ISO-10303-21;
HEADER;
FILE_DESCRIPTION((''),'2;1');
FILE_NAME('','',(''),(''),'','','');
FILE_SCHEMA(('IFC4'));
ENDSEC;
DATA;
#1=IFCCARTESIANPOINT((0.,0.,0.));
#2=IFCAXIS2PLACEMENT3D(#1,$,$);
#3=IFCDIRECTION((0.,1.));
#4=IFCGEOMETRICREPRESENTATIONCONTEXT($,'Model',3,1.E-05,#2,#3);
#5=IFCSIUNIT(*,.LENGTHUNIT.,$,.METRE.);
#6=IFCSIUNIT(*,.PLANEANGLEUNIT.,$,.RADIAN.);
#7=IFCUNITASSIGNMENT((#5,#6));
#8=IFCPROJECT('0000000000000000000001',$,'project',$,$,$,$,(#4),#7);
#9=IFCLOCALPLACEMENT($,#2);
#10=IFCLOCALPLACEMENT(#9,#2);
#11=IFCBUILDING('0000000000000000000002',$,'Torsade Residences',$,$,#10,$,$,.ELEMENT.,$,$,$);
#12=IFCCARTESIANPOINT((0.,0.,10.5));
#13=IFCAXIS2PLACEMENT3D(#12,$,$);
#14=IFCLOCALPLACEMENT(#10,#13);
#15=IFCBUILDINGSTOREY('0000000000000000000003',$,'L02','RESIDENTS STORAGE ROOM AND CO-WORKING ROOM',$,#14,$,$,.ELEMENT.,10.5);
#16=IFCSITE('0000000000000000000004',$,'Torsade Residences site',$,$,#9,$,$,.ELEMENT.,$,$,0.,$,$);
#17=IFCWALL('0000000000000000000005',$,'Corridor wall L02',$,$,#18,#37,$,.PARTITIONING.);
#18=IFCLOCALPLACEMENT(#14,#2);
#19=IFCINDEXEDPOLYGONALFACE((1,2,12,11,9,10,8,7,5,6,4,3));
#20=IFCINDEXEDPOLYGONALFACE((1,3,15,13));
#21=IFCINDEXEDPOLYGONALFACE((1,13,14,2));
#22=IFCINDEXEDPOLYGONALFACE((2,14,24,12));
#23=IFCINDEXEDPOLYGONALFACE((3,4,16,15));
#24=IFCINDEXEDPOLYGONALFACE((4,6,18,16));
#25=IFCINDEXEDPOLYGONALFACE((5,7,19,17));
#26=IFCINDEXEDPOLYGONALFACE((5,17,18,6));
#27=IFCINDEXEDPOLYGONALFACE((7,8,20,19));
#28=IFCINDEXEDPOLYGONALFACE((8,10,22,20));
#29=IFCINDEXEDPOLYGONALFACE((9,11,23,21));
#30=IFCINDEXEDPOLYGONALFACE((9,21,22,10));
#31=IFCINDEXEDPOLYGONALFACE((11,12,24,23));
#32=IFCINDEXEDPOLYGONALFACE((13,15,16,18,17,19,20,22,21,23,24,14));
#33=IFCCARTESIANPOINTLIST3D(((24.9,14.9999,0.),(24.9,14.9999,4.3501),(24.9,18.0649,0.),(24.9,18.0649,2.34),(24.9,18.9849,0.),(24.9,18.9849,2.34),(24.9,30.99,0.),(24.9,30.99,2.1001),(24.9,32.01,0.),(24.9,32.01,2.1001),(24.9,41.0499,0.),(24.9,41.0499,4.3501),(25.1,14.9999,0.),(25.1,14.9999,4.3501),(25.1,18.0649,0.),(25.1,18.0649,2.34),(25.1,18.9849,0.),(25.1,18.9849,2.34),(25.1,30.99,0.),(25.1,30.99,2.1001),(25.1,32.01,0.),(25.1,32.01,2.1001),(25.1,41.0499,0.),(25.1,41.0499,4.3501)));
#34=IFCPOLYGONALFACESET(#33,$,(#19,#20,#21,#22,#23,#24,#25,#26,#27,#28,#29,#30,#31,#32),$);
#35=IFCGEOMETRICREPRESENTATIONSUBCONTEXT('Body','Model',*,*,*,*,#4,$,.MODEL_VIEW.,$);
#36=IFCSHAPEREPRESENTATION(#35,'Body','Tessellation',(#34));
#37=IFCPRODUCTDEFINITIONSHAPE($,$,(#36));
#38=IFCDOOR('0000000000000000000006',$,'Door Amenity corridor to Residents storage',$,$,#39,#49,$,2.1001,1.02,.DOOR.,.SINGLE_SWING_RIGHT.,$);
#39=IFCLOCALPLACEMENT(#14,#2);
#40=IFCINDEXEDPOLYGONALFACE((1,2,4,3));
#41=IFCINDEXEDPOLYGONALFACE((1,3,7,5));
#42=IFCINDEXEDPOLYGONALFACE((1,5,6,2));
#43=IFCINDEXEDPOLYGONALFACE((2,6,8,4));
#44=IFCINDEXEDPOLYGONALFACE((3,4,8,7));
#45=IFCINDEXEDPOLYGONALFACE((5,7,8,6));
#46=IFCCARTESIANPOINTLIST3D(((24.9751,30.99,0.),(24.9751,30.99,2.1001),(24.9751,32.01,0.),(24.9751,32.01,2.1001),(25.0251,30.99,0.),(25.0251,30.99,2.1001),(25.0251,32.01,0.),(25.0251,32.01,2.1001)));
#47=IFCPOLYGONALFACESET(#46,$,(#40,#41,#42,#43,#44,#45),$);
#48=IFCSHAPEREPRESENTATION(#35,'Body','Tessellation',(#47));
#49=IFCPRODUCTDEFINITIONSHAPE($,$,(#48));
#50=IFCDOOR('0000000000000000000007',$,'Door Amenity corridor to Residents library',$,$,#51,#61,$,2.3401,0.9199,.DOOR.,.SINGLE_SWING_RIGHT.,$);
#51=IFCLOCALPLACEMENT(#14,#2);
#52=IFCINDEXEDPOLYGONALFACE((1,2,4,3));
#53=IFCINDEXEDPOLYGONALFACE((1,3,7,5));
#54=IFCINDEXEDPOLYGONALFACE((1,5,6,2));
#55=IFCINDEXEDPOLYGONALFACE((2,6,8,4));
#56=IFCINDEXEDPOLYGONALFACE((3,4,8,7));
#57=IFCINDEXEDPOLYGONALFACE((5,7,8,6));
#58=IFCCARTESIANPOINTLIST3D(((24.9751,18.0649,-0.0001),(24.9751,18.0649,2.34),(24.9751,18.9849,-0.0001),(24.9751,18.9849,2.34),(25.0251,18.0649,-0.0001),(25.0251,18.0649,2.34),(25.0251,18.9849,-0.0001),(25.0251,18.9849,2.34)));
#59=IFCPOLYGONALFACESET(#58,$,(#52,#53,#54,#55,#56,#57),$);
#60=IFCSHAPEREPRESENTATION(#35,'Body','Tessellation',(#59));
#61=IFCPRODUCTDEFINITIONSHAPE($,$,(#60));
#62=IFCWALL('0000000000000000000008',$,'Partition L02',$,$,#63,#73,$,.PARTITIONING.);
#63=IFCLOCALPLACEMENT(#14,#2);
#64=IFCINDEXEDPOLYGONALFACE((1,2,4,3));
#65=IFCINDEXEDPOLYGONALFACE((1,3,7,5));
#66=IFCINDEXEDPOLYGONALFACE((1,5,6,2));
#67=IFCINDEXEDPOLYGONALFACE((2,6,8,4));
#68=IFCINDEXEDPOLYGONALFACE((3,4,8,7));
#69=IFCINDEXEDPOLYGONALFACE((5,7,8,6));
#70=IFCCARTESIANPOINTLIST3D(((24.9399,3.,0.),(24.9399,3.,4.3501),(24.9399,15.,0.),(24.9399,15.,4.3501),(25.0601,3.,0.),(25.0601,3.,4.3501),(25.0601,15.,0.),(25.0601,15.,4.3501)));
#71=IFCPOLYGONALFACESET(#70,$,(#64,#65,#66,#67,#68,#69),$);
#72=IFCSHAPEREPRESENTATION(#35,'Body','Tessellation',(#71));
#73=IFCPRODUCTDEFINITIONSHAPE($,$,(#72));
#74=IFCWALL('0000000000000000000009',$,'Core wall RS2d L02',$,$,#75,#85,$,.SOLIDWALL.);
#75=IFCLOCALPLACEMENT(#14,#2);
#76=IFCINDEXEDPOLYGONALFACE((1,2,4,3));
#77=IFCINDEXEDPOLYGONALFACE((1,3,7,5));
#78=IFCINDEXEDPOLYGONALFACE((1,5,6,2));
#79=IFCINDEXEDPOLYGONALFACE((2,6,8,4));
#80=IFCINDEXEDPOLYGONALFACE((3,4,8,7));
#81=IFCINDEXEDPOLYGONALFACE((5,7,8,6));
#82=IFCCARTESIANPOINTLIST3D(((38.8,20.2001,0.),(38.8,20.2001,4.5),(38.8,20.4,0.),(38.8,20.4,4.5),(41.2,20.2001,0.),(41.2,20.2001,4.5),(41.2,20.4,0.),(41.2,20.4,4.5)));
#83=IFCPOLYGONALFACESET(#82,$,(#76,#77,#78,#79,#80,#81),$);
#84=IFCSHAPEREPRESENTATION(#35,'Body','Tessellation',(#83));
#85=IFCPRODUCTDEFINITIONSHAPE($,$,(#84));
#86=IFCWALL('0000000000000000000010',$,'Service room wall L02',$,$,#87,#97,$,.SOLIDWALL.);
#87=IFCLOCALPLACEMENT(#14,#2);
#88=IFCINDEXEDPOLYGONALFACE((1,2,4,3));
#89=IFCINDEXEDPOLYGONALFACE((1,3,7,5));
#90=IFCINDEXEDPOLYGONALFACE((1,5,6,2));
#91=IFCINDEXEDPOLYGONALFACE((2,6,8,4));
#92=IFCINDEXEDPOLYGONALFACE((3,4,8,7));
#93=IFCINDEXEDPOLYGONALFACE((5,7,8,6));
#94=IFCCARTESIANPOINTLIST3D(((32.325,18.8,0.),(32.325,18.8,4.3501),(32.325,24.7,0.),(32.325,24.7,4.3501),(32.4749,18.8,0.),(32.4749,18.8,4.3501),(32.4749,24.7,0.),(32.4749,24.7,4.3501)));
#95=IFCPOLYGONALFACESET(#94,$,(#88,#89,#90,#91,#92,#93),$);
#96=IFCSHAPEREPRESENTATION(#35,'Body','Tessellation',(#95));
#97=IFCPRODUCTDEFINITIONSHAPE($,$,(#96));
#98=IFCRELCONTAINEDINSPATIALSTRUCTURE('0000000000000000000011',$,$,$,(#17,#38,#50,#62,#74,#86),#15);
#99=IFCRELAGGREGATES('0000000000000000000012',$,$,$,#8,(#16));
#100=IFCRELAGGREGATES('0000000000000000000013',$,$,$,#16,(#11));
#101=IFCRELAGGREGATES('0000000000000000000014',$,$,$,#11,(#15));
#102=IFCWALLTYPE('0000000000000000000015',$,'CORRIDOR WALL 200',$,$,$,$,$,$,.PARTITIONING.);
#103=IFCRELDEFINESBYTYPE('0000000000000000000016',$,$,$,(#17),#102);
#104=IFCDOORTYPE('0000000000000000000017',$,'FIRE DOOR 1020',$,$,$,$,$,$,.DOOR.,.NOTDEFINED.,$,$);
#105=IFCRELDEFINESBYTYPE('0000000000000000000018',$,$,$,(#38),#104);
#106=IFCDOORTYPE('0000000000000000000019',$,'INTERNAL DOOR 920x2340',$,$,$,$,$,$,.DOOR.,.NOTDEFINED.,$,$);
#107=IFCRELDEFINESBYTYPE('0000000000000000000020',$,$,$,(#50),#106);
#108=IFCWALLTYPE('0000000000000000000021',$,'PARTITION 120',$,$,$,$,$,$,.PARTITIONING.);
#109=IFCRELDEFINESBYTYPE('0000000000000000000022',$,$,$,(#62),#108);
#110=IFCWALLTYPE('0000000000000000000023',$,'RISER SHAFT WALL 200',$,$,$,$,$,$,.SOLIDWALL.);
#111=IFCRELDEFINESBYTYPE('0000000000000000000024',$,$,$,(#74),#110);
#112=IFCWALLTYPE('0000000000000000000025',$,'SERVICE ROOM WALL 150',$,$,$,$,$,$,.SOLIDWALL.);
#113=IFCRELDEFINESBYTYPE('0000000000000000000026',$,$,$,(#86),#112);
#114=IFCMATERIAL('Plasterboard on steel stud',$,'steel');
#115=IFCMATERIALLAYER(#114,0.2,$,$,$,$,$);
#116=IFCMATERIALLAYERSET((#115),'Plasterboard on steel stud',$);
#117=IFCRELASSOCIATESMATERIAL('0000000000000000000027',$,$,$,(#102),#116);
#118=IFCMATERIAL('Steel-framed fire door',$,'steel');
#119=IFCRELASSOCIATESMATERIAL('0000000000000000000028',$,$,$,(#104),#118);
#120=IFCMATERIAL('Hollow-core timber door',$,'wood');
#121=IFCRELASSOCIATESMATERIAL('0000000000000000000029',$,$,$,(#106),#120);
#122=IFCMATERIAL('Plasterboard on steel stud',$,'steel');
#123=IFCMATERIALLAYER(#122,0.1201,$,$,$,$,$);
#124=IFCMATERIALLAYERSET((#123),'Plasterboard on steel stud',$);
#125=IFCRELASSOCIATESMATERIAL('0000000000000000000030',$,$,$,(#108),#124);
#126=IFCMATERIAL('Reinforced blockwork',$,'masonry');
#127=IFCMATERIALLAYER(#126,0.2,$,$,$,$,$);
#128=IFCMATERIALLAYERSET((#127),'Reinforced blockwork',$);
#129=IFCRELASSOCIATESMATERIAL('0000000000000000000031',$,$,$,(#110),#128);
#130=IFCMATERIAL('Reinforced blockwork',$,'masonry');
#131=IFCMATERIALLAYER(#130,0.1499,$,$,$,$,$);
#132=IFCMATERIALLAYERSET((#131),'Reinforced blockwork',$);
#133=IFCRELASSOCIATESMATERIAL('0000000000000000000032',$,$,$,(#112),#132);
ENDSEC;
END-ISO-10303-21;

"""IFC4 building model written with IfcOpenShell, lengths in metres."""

from ifc_helpers import new_model, si_unit, direction, frame, frame_2d, origin, place, context, subcontext, project, spatial, rectangle, extrude, material, layer, layer_set, type_object, element, fill, save


model = new_model("IFC4")

# Units and contexts
model_context = context("Model", 3, precision=1e-05, world=origin(), true_north=direction((0.0, 1.0)))
body_context = subcontext(model_context, "Body", "Model", "MODEL_VIEW")
ifc_project = project(units=[si_unit("LENGTHUNIT", "METRE"), si_unit("PLANEANGLEUNIT", "RADIAN")], contexts=[model_context])

# Site, building, storey
site_placement = place(None, origin())
site = spatial("IfcSite", under=ifc_project, at=site_placement, Name="Torsade Residences site", CompositionType="ELEMENT", RefElevation=0.0)
building_placement = place(site_placement, origin())
building = spatial("IfcBuilding", under=site, at=building_placement, Name="Torsade Residences", CompositionType="ELEMENT")
storey_placement = place(building_placement, frame((0.0, 0.0, 10.5)))
storey = spatial("IfcBuildingStorey", under=building, at=storey_placement, Name="L02", Description="RESIDENTS STORAGE ROOM AND CO-WORKING ROOM", CompositionType="ELEMENT", Elevation=10.5)

# Wall, openings, doors
ifc_material_1 = material(Name="Plasterboard on steel stud", Category="steel")
ifc_layer_1 = layer(ifc_material_1, 0.2)
ifc_layer_set_1 = layer_set([ifc_layer_1], Name="Plasterboard on steel stud")
wall_type_1 = type_object("IfcWallType", Name="CORRIDOR WALL 200", PredefinedType="PARTITIONING", material=ifc_layer_set_1)
wall_1_placement = place(storey_placement, frame((25.0, 15.0, 0.0), z_axis=(0.0, 0.0, 1.0), x_axis=(0.0, 1.0, 0.0)))
wall_1 = element("IfcWall", 1, at=wall_1_placement, inside=storey, type_object=wall_type_1, Name="Corridor wall L02", PredefinedType="PARTITIONING", context=body_context, shape_type="SweptSolid", body=[
    extrude(rectangle(XDim=26.05, YDim=0.2, at=frame_2d((13.0249, 0.0))), origin(), (0.0, 0.0, 1.0), 4.3501),
])
opening_1_placement = place(wall_1_placement, frame((15.99, 0.0, 0.0)))
opening_1 = element("IfcOpeningElement", 2, at=opening_1_placement, cuts=wall_1, PredefinedType="OPENING", context=body_context, shape_type="SweptSolid", body=[
    extrude(rectangle(XDim=1.02, YDim=2.1001, at=frame_2d((0.51, 1.05))), frame((0.0, 0.1099, 0.0), z_axis=(0.0, -1.0, 0.0), x_axis=(1.0, 0.0, 0.0)), (0.0, 0.0, 1.0), 0.22),
])
opening_2_placement = place(wall_1_placement, frame((3.0649, 0.0, 0.0)))
opening_2 = element("IfcOpeningElement", 3, at=opening_2_placement, cuts=wall_1, PredefinedType="OPENING", context=body_context, shape_type="SweptSolid", body=[
    extrude(rectangle(XDim=0.9199, YDim=2.3401, at=frame_2d((0.46, 1.1699))), frame((0.0, 0.1099, 0.0), z_axis=(0.0, -1.0, 0.0), x_axis=(1.0, 0.0, 0.0)), (0.0, 0.0, 1.0), 0.22),
])
ifc_material_2 = material(Name="Steel-framed fire door", Category="steel")
door_type_1 = type_object("IfcDoorType", Name="FIRE DOOR 1020", OperationType="NOTDEFINED", PredefinedType="DOOR", material=ifc_material_2)
door_1_placement = place(opening_1_placement, origin())
door_1 = element("IfcDoor", 4, at=door_1_placement, inside=storey, type_object=door_type_1, Name="Door Amenity corridor to Residents storage", OperationType="SINGLE_SWING_RIGHT", OverallHeight=2.1001, OverallWidth=1.02, PredefinedType="DOOR", context=body_context, shape_type="SweptSolid", body=[
    extrude(rectangle(XDim=1.02, YDim=2.1001, at=frame_2d((0.51, 1.05))), frame((0.0, 0.0249, 0.0), z_axis=(0.0, -1.0, 0.0), x_axis=(1.0, 0.0, 0.0)), (0.0, 0.0, 1.0), 0.05),
])
fill(opening_1, door_1)
ifc_material_3 = material(Name="Hollow-core timber door", Category="wood")
door_type_2 = type_object("IfcDoorType", Name="INTERNAL DOOR 920x2340", OperationType="NOTDEFINED", PredefinedType="DOOR", material=ifc_material_3)
door_2_placement = place(opening_2_placement, origin())
door_2 = element("IfcDoor", 5, at=door_2_placement, inside=storey, type_object=door_type_2, Name="Door Amenity corridor to Residents library", OperationType="SINGLE_SWING_RIGHT", OverallHeight=2.3401, OverallWidth=0.9199, PredefinedType="DOOR", context=body_context, shape_type="SweptSolid", body=[
    extrude(rectangle(XDim=0.9199, YDim=2.3401, at=frame_2d((0.46, 1.1699))), frame((0.0, 0.0249, 0.0), z_axis=(0.0, -1.0, 0.0), x_axis=(1.0, 0.0, 0.0)), (0.0, 0.0, 1.0), 0.05),
])
fill(opening_2, door_2)

# Walls
ifc_material_4 = material(Name="Plasterboard on steel stud", Category="steel")
ifc_layer_2 = layer(ifc_material_4, 0.1201)
ifc_layer_set_2 = layer_set([ifc_layer_2], Name="Plasterboard on steel stud")
wall_type_2 = type_object("IfcWallType", Name="PARTITION 120", PredefinedType="PARTITIONING", material=ifc_layer_set_2)
wall_2_placement = place(storey_placement, frame((25.0, 15.0, 0.0), z_axis=(0.0, 0.0, 1.0), x_axis=(0.0, -1.0, 0.0)))
element("IfcWall", 6, at=wall_2_placement, inside=storey, type_object=wall_type_2, Name="Partition L02", PredefinedType="PARTITIONING", context=body_context, shape_type="SweptSolid", body=[
    extrude(rectangle(XDim=12.0, YDim=0.1201, at=frame_2d((6.0, 0.0))), origin(), (0.0, 0.0, 1.0), 4.3501),
])
ifc_material_5 = material(Name="Reinforced blockwork", Category="masonry")
ifc_layer_3 = layer(ifc_material_5, 0.2)
ifc_layer_set_3 = layer_set([ifc_layer_3], Name="Reinforced blockwork")
wall_type_3 = type_object("IfcWallType", Name="RISER SHAFT WALL 200", PredefinedType="SOLIDWALL", material=ifc_layer_set_3)
wall_3_placement = place(storey_placement, frame((38.8, 20.3, 0.0), z_axis=(0.0, 0.0, 1.0), x_axis=(1.0, 0.0, 0.0)))
element("IfcWall", 7, at=wall_3_placement, inside=storey, type_object=wall_type_3, Name="Core wall RS2d L02", PredefinedType="SOLIDWALL", context=body_context, shape_type="SweptSolid", body=[
    extrude(rectangle(XDim=2.3999, YDim=0.2, at=frame_2d((1.2, 0.0))), origin(), (0.0, 0.0, 1.0), 4.5),
])
ifc_material_6 = material(Name="Reinforced blockwork", Category="masonry")
ifc_layer_4 = layer(ifc_material_6, 0.1499)
ifc_layer_set_4 = layer_set([ifc_layer_4], Name="Reinforced blockwork")
wall_type_4 = type_object("IfcWallType", Name="SERVICE ROOM WALL 150", PredefinedType="SOLIDWALL", material=ifc_layer_set_4)
wall_4_placement = place(storey_placement, frame((32.3999, 18.8, 0.0), z_axis=(0.0, 0.0, 1.0), x_axis=(0.0, 1.0, 0.0)))
element("IfcWall", 8, at=wall_4_placement, inside=storey, type_object=wall_type_4, Name="Service room wall L02", PredefinedType="SOLIDWALL", context=body_context, shape_type="SweptSolid", body=[
    extrude(rectangle(XDim=5.8999, YDim=0.1499, at=frame_2d((2.95, 0.0))), origin(), (0.0, 0.0, 1.0), 4.3501),
])

save(model, "model.ifc")
